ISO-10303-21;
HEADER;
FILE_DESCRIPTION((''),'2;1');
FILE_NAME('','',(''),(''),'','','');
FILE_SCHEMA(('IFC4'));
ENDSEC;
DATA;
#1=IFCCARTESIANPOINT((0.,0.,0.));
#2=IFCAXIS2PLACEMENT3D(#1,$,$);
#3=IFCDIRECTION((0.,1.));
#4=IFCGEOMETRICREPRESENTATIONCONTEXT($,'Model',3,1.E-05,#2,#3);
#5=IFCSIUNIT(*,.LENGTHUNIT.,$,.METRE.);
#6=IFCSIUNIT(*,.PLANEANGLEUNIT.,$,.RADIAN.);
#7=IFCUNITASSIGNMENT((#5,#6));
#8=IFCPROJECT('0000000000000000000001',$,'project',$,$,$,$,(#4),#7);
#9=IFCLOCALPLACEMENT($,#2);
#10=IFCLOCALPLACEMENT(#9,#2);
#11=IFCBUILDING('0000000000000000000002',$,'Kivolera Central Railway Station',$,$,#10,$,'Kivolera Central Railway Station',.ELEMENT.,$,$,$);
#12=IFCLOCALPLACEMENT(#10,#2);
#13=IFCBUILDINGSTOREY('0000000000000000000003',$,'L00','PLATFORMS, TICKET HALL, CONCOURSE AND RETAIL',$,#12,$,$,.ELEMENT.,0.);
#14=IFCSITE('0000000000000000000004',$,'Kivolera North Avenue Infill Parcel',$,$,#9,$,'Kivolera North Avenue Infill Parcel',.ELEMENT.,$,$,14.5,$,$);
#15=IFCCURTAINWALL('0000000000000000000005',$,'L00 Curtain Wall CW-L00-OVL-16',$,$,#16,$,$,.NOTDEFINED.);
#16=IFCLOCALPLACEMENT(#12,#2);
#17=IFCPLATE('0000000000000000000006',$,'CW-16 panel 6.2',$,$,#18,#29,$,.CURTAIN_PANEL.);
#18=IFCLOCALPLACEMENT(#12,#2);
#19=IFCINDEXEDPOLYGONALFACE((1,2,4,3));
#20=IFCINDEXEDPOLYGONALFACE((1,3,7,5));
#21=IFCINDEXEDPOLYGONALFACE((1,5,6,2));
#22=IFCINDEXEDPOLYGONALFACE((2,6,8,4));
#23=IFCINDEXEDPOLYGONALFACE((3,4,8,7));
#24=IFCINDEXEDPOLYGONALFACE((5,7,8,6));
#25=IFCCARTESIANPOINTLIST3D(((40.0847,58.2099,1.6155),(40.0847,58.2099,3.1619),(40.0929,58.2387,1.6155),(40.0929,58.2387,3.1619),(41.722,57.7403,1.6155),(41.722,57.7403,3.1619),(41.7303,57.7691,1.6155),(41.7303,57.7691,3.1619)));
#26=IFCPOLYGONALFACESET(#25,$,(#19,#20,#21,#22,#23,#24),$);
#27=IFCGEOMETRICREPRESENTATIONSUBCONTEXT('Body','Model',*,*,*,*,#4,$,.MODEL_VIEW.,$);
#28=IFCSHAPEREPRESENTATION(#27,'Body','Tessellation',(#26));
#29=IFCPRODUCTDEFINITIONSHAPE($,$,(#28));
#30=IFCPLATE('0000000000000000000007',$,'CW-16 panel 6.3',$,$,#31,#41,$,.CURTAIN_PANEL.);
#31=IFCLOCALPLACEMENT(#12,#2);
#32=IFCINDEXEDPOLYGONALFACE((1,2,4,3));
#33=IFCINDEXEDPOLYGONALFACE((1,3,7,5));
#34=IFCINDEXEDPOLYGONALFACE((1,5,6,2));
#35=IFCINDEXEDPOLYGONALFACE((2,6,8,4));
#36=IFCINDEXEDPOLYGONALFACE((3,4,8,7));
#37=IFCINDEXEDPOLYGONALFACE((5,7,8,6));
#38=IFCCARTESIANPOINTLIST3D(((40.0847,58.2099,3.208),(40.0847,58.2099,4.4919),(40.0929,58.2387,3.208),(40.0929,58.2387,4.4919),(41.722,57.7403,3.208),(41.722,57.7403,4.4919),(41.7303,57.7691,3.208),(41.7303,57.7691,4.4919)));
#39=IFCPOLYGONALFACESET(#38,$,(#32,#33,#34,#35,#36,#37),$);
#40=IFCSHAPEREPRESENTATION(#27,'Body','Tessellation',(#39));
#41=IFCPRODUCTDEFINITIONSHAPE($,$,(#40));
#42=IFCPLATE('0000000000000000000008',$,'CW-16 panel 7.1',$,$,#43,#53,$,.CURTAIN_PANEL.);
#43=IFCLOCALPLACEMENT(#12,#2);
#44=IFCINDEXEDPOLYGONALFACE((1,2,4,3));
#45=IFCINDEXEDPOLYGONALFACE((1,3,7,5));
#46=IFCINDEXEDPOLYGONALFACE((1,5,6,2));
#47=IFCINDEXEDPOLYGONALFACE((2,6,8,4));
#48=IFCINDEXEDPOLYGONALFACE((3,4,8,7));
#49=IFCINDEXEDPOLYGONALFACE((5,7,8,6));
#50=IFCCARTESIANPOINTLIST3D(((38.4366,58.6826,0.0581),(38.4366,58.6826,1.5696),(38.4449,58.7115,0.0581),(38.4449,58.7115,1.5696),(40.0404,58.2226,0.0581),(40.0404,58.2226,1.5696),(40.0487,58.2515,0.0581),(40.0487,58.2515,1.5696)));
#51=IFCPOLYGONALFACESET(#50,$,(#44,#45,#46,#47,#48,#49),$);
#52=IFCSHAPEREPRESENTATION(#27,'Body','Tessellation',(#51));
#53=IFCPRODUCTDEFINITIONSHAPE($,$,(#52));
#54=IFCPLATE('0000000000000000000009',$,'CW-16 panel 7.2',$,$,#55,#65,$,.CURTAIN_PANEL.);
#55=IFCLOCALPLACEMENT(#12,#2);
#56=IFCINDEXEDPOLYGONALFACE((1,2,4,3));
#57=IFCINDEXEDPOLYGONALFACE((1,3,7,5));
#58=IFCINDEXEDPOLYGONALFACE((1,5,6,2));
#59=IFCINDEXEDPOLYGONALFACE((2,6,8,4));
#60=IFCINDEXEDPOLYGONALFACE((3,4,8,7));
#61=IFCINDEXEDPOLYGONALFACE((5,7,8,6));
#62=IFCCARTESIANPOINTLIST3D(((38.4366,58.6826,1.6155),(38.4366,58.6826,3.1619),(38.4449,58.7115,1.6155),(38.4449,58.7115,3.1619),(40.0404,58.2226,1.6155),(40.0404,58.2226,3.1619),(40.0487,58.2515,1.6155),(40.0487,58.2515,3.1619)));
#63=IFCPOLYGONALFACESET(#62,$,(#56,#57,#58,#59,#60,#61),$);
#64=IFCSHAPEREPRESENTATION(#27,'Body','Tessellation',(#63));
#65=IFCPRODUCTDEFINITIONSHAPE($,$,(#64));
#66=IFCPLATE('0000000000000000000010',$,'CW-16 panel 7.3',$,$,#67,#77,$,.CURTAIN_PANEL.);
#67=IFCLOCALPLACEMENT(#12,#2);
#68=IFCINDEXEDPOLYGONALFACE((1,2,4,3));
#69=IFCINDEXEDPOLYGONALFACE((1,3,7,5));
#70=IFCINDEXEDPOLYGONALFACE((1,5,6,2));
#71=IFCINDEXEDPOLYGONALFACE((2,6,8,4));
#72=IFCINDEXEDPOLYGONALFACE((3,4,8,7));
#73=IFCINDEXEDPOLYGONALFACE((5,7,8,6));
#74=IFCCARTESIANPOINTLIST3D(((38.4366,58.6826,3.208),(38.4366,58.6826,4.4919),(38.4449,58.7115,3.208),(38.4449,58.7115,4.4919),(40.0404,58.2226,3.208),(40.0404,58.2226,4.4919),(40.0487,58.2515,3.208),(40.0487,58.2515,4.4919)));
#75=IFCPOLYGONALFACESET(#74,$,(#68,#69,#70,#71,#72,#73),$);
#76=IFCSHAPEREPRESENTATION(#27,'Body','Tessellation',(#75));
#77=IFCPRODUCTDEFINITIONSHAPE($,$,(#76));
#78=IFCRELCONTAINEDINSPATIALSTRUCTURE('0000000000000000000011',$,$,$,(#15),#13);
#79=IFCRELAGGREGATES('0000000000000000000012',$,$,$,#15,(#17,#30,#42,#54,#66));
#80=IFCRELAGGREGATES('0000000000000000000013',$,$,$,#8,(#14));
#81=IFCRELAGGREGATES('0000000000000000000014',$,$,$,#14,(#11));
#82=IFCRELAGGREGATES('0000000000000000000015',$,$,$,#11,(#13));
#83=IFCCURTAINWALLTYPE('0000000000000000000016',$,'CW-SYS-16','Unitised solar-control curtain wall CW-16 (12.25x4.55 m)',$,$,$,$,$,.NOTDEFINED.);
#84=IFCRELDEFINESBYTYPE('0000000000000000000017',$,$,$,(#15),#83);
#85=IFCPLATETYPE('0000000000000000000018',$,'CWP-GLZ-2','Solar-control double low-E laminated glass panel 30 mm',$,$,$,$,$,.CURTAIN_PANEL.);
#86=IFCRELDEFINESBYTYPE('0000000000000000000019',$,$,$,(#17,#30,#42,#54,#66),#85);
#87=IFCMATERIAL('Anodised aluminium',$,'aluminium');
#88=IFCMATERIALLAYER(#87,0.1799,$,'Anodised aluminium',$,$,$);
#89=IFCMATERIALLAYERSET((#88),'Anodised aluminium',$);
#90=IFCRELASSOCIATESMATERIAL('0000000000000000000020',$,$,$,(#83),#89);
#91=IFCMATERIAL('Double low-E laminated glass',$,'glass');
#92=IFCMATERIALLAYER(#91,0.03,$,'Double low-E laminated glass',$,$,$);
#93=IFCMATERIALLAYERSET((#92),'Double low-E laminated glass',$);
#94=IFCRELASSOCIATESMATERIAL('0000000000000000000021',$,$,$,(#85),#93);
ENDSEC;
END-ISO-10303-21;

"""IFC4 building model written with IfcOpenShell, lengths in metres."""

from ifc_helpers import new_model, si_unit, direction, frame, origin, origin_2d, place, context, subcontext, project, spatial, rectangle, extrude, material, layer, layer_set, type_object, element, aggregate, save


model = new_model("IFC4")

# Units and contexts
model_context = context("Model", 3, precision=1e-05, world=origin(), true_north=direction((0.0, 1.0)))
body_context = subcontext(model_context, "Body", "Model", "MODEL_VIEW")
ifc_project = project(units=[si_unit("LENGTHUNIT", "METRE"), si_unit("PLANEANGLEUNIT", "RADIAN")], contexts=[model_context])

# Site, building, storey
site_placement = place(None, origin())
site = spatial("IfcSite", under=ifc_project, at=site_placement, Name="Kivolera North Avenue Infill Parcel", LongName="Kivolera North Avenue Infill Parcel", CompositionType="ELEMENT", RefElevation=14.5)
building_placement = place(site_placement, origin())
building = spatial("IfcBuilding", under=site, at=building_placement, Name="Kivolera Central Railway Station", LongName="Kivolera Central Railway Station", CompositionType="ELEMENT")
storey_placement = place(building_placement, origin())
storey = spatial("IfcBuildingStorey", under=building, at=storey_placement, Name="L00", Description="PLATFORMS, TICKET HALL, CONCOURSE AND RETAIL", CompositionType="ELEMENT", Elevation=0.0)

# Shared definitions
ifc_material_1 = material(Name="Anodised aluminium", Category="aluminium")

# Curtain wall, plates
ifc_layer_1 = layer(ifc_material_1, 0.1799, Name="Anodised aluminium")
ifc_layer_set_1 = layer_set([ifc_layer_1], Name="Anodised aluminium")
curtain_wall_type_1 = type_object("IfcCurtainWallType", Name="CW-SYS-16", Description="Unitised solar-control curtain wall CW-16 (12.25x4.55 m)", PredefinedType="NOTDEFINED", material=ifc_layer_set_1)
curtain_wall_1_placement = place(storey_placement, origin())
curtain_wall_1 = element("IfcCurtainWall", 1, at=curtain_wall_1_placement, inside=storey, type_object=curtain_wall_type_1, Name="L00 Curtain Wall CW-L00-OVL-16", PredefinedType="NOTDEFINED")
ifc_material_2 = material(Name="Double low-E laminated glass", Category="glass")
ifc_layer_2 = layer(ifc_material_2, 0.03, Name="Double low-E laminated glass")
ifc_layer_set_2 = layer_set([ifc_layer_2], Name="Double low-E laminated glass")
plate_type = type_object("IfcPlateType", Name="CWP-GLZ-2", Description="Solar-control double low-E laminated glass panel 30 mm", PredefinedType="CURTAIN_PANEL", material=ifc_layer_set_2)
plate_1_placement = place(storey_placement, frame((40.9075, 57.9895, 1.6155), z_axis=(0.0, 0.0, 1.0), x_axis=(-0.961246, 0.275692, 0.0)))
plate_1 = element("IfcPlate", 2, at=plate_1_placement, type_object=plate_type, Name="CW-16 panel 6.2", PredefinedType="CURTAIN_PANEL", context=body_context, shape_type="SweptSolid", body=[
    extrude(rectangle(XDim=1.7034, YDim=0.03, at=origin_2d()), origin(), (0.0, 0.0, 1.0), 1.5464),
])
plate_2_placement = place(storey_placement, frame((40.9075, 57.9895, 3.208), z_axis=(0.0, 0.0, 1.0), x_axis=(-0.961246, 0.275692, 0.0)))
plate_2 = element("IfcPlate", 3, at=plate_2_placement, type_object=plate_type, Name="CW-16 panel 6.3", PredefinedType="CURTAIN_PANEL", context=body_context, shape_type="SweptSolid", body=[
    extrude(rectangle(XDim=1.7034, YDim=0.03, at=origin_2d()), origin(), (0.0, 0.0, 1.0), 1.2839),
])
plate_3_placement = place(storey_placement, frame((39.2427, 58.467, 0.0581), z_axis=(0.0, 0.0, 1.0), x_axis=(-0.961246, 0.275692, 0.0)))
plate_3 = element("IfcPlate", 4, at=plate_3_placement, type_object=plate_type, Name="CW-16 panel 7.1", PredefinedType="CURTAIN_PANEL", context=body_context, shape_type="SweptSolid", body=[
    extrude(rectangle(XDim=1.6685, YDim=0.03, at=origin_2d()), origin(), (0.0, 0.0, 1.0), 1.5115),
])
plate_4_placement = place(storey_placement, frame((39.2427, 58.467, 1.6155), z_axis=(0.0, 0.0, 1.0), x_axis=(-0.961246, 0.275692, 0.0)))
plate_4 = element("IfcPlate", 5, at=plate_4_placement, type_object=plate_type, Name="CW-16 panel 7.2", PredefinedType="CURTAIN_PANEL", context=body_context, shape_type="SweptSolid", body=[
    extrude(rectangle(XDim=1.6685, YDim=0.03, at=origin_2d()), origin(), (0.0, 0.0, 1.0), 1.5464),
])
plate_5_placement = place(storey_placement, frame((39.2427, 58.467, 3.208), z_axis=(0.0, 0.0, 1.0), x_axis=(-0.961246, 0.275692, 0.0)))
plate_5 = element("IfcPlate", 6, at=plate_5_placement, type_object=plate_type, Name="CW-16 panel 7.3", PredefinedType="CURTAIN_PANEL", context=body_context, shape_type="SweptSolid", body=[
    extrude(rectangle(XDim=1.6685, YDim=0.03, at=origin_2d()), origin(), (0.0, 0.0, 1.0), 1.2839),
])
aggregate(curtain_wall_1, [plate_1, plate_2, plate_3, plate_4, plate_5])

save(model, "model.ifc")
